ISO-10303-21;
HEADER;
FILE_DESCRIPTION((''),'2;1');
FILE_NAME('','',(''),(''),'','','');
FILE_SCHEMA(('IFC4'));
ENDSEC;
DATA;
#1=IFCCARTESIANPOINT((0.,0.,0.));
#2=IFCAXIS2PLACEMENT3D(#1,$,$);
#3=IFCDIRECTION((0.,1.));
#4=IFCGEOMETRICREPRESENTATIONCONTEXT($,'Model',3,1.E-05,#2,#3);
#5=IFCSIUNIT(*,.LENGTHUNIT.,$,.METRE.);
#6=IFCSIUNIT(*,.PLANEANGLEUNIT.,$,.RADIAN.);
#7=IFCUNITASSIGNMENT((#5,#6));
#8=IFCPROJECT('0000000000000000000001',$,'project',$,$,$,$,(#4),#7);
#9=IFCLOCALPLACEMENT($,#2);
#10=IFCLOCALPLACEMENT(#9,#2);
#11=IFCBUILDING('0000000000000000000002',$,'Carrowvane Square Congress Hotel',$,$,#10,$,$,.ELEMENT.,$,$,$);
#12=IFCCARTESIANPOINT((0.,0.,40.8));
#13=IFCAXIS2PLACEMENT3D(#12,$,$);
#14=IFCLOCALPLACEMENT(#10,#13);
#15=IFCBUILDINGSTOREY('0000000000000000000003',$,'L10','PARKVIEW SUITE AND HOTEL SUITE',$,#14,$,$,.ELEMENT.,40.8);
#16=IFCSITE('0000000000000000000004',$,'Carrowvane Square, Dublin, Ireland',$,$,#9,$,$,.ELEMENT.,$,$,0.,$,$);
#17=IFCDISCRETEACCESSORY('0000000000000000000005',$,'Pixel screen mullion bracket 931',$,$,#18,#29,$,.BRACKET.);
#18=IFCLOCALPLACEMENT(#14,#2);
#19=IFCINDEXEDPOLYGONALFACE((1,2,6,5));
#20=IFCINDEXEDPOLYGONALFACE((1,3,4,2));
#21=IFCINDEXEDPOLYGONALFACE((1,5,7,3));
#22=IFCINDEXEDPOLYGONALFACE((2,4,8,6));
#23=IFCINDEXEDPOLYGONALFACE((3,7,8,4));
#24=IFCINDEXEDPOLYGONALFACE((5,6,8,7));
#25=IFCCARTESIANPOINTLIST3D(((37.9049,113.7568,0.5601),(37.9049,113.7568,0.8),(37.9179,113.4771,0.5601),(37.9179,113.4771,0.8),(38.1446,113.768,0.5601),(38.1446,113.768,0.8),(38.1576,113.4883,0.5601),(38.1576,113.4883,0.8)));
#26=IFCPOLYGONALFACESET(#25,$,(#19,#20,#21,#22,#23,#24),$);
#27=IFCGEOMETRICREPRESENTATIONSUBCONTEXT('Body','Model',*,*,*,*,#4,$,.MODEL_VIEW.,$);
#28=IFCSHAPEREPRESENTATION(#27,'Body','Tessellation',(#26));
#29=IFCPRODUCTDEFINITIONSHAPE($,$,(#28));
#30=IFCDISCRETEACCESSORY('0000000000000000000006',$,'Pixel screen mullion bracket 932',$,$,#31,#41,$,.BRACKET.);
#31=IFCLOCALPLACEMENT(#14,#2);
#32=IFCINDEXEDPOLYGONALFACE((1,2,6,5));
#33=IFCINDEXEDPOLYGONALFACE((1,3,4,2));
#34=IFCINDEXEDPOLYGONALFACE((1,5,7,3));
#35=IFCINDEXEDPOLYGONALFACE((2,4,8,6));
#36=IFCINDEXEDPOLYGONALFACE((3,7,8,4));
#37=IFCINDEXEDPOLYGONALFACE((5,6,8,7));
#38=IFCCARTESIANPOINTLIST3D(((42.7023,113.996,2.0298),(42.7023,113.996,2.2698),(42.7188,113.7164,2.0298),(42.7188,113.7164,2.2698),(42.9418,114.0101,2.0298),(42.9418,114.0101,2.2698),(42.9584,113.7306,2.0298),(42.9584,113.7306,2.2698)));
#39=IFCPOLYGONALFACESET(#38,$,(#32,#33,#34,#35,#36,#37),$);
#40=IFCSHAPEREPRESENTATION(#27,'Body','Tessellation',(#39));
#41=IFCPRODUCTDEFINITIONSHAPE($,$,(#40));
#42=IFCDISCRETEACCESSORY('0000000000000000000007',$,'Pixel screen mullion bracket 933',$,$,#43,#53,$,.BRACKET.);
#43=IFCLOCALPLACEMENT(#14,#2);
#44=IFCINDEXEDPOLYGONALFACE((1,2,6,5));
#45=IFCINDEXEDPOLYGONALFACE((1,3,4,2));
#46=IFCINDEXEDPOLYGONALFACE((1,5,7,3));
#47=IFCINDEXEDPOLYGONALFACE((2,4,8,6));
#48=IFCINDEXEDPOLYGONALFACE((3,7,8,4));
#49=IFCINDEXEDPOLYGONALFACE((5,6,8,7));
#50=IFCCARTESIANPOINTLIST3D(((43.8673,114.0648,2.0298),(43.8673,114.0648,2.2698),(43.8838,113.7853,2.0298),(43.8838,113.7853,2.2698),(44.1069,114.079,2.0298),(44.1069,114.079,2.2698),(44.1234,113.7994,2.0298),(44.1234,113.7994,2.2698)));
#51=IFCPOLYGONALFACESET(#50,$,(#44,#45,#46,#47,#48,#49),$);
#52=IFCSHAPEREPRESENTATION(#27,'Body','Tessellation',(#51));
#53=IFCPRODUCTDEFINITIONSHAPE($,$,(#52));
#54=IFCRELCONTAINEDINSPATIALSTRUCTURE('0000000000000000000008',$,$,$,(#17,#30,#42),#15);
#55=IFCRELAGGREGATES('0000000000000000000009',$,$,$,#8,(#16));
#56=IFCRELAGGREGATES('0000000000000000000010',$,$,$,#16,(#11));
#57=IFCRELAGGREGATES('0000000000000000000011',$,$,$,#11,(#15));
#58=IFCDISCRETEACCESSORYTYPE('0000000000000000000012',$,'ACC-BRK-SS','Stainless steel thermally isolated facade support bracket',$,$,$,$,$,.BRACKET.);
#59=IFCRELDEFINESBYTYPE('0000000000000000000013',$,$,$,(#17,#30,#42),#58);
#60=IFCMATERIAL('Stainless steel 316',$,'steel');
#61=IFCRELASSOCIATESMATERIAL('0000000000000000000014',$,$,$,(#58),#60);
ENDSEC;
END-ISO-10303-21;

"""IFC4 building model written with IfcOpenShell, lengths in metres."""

from ifc_helpers import new_model, si_unit, direction, frame, origin, origin_2d, place, context, subcontext, project, spatial, rectangle, extrude, material, type_object, element, save


model = new_model("IFC4")

# Units and contexts
model_context = context("Model", 3, precision=1e-05, world=origin(), true_north=direction((0.0, 1.0)))
body_context = subcontext(model_context, "Body", "Model", "MODEL_VIEW")
ifc_project = project(units=[si_unit("LENGTHUNIT", "METRE"), si_unit("PLANEANGLEUNIT", "RADIAN")], contexts=[model_context])

# Site, building, storey
site_placement = place(None, origin())
site = spatial("IfcSite", under=ifc_project, at=site_placement, Name="Carrowvane Square, Dublin, Ireland", CompositionType="ELEMENT", RefElevation=0.0)
building_placement = place(site_placement, origin())
building = spatial("IfcBuilding", under=site, at=building_placement, Name="Carrowvane Square Congress Hotel", CompositionType="ELEMENT")
storey_placement = place(building_placement, frame((0.0, 0.0, 40.8)))
storey = spatial("IfcBuildingStorey", under=building, at=storey_placement, Name="L10", Description="PARKVIEW SUITE AND HOTEL SUITE", CompositionType="ELEMENT", Elevation=40.8)

# Discrete accessories
ifc_material_1 = material(Name="Stainless steel 316", Category="steel")
discrete_accessory_type = type_object("IfcDiscreteAccessoryType", Name="ACC-BRK-SS", Description="Stainless steel thermally isolated facade support bracket", PredefinedType="BRACKET", material=ifc_material_1)
for number, where, z_axis, x_axis, name in (
    (1, (38.0312, 113.6226, 0.5601), (0.0, 0.0, 1.0), (0.998917, 0.046521, 0.0), "Pixel screen mullion bracket 931"),
    (2, (42.8303, 113.8633, 2.0298), (0.0, 0.0, 1.0), (0.998259, 0.058985, 0.0), "Pixel screen mullion bracket 932"),
    (3, (43.9954, 113.9321, 2.0298), (0.0, 0.0, 1.0), (0.998259, 0.058985, 0.0), "Pixel screen mullion bracket 933"),
):
    element("IfcDiscreteAccessory", number, at=place(storey_placement, frame(where, z_axis=z_axis, x_axis=x_axis)), inside=storey, type_object=discrete_accessory_type, Name=name, PredefinedType="BRACKET", context=body_context, shape_type="SweptSolid", body=[
        extrude(rectangle(XDim=0.24, YDim=0.28, at=origin_2d()), origin(), (0.0, 0.0, 1.0), 0.24),
    ])

save(model, "model.ifc")
